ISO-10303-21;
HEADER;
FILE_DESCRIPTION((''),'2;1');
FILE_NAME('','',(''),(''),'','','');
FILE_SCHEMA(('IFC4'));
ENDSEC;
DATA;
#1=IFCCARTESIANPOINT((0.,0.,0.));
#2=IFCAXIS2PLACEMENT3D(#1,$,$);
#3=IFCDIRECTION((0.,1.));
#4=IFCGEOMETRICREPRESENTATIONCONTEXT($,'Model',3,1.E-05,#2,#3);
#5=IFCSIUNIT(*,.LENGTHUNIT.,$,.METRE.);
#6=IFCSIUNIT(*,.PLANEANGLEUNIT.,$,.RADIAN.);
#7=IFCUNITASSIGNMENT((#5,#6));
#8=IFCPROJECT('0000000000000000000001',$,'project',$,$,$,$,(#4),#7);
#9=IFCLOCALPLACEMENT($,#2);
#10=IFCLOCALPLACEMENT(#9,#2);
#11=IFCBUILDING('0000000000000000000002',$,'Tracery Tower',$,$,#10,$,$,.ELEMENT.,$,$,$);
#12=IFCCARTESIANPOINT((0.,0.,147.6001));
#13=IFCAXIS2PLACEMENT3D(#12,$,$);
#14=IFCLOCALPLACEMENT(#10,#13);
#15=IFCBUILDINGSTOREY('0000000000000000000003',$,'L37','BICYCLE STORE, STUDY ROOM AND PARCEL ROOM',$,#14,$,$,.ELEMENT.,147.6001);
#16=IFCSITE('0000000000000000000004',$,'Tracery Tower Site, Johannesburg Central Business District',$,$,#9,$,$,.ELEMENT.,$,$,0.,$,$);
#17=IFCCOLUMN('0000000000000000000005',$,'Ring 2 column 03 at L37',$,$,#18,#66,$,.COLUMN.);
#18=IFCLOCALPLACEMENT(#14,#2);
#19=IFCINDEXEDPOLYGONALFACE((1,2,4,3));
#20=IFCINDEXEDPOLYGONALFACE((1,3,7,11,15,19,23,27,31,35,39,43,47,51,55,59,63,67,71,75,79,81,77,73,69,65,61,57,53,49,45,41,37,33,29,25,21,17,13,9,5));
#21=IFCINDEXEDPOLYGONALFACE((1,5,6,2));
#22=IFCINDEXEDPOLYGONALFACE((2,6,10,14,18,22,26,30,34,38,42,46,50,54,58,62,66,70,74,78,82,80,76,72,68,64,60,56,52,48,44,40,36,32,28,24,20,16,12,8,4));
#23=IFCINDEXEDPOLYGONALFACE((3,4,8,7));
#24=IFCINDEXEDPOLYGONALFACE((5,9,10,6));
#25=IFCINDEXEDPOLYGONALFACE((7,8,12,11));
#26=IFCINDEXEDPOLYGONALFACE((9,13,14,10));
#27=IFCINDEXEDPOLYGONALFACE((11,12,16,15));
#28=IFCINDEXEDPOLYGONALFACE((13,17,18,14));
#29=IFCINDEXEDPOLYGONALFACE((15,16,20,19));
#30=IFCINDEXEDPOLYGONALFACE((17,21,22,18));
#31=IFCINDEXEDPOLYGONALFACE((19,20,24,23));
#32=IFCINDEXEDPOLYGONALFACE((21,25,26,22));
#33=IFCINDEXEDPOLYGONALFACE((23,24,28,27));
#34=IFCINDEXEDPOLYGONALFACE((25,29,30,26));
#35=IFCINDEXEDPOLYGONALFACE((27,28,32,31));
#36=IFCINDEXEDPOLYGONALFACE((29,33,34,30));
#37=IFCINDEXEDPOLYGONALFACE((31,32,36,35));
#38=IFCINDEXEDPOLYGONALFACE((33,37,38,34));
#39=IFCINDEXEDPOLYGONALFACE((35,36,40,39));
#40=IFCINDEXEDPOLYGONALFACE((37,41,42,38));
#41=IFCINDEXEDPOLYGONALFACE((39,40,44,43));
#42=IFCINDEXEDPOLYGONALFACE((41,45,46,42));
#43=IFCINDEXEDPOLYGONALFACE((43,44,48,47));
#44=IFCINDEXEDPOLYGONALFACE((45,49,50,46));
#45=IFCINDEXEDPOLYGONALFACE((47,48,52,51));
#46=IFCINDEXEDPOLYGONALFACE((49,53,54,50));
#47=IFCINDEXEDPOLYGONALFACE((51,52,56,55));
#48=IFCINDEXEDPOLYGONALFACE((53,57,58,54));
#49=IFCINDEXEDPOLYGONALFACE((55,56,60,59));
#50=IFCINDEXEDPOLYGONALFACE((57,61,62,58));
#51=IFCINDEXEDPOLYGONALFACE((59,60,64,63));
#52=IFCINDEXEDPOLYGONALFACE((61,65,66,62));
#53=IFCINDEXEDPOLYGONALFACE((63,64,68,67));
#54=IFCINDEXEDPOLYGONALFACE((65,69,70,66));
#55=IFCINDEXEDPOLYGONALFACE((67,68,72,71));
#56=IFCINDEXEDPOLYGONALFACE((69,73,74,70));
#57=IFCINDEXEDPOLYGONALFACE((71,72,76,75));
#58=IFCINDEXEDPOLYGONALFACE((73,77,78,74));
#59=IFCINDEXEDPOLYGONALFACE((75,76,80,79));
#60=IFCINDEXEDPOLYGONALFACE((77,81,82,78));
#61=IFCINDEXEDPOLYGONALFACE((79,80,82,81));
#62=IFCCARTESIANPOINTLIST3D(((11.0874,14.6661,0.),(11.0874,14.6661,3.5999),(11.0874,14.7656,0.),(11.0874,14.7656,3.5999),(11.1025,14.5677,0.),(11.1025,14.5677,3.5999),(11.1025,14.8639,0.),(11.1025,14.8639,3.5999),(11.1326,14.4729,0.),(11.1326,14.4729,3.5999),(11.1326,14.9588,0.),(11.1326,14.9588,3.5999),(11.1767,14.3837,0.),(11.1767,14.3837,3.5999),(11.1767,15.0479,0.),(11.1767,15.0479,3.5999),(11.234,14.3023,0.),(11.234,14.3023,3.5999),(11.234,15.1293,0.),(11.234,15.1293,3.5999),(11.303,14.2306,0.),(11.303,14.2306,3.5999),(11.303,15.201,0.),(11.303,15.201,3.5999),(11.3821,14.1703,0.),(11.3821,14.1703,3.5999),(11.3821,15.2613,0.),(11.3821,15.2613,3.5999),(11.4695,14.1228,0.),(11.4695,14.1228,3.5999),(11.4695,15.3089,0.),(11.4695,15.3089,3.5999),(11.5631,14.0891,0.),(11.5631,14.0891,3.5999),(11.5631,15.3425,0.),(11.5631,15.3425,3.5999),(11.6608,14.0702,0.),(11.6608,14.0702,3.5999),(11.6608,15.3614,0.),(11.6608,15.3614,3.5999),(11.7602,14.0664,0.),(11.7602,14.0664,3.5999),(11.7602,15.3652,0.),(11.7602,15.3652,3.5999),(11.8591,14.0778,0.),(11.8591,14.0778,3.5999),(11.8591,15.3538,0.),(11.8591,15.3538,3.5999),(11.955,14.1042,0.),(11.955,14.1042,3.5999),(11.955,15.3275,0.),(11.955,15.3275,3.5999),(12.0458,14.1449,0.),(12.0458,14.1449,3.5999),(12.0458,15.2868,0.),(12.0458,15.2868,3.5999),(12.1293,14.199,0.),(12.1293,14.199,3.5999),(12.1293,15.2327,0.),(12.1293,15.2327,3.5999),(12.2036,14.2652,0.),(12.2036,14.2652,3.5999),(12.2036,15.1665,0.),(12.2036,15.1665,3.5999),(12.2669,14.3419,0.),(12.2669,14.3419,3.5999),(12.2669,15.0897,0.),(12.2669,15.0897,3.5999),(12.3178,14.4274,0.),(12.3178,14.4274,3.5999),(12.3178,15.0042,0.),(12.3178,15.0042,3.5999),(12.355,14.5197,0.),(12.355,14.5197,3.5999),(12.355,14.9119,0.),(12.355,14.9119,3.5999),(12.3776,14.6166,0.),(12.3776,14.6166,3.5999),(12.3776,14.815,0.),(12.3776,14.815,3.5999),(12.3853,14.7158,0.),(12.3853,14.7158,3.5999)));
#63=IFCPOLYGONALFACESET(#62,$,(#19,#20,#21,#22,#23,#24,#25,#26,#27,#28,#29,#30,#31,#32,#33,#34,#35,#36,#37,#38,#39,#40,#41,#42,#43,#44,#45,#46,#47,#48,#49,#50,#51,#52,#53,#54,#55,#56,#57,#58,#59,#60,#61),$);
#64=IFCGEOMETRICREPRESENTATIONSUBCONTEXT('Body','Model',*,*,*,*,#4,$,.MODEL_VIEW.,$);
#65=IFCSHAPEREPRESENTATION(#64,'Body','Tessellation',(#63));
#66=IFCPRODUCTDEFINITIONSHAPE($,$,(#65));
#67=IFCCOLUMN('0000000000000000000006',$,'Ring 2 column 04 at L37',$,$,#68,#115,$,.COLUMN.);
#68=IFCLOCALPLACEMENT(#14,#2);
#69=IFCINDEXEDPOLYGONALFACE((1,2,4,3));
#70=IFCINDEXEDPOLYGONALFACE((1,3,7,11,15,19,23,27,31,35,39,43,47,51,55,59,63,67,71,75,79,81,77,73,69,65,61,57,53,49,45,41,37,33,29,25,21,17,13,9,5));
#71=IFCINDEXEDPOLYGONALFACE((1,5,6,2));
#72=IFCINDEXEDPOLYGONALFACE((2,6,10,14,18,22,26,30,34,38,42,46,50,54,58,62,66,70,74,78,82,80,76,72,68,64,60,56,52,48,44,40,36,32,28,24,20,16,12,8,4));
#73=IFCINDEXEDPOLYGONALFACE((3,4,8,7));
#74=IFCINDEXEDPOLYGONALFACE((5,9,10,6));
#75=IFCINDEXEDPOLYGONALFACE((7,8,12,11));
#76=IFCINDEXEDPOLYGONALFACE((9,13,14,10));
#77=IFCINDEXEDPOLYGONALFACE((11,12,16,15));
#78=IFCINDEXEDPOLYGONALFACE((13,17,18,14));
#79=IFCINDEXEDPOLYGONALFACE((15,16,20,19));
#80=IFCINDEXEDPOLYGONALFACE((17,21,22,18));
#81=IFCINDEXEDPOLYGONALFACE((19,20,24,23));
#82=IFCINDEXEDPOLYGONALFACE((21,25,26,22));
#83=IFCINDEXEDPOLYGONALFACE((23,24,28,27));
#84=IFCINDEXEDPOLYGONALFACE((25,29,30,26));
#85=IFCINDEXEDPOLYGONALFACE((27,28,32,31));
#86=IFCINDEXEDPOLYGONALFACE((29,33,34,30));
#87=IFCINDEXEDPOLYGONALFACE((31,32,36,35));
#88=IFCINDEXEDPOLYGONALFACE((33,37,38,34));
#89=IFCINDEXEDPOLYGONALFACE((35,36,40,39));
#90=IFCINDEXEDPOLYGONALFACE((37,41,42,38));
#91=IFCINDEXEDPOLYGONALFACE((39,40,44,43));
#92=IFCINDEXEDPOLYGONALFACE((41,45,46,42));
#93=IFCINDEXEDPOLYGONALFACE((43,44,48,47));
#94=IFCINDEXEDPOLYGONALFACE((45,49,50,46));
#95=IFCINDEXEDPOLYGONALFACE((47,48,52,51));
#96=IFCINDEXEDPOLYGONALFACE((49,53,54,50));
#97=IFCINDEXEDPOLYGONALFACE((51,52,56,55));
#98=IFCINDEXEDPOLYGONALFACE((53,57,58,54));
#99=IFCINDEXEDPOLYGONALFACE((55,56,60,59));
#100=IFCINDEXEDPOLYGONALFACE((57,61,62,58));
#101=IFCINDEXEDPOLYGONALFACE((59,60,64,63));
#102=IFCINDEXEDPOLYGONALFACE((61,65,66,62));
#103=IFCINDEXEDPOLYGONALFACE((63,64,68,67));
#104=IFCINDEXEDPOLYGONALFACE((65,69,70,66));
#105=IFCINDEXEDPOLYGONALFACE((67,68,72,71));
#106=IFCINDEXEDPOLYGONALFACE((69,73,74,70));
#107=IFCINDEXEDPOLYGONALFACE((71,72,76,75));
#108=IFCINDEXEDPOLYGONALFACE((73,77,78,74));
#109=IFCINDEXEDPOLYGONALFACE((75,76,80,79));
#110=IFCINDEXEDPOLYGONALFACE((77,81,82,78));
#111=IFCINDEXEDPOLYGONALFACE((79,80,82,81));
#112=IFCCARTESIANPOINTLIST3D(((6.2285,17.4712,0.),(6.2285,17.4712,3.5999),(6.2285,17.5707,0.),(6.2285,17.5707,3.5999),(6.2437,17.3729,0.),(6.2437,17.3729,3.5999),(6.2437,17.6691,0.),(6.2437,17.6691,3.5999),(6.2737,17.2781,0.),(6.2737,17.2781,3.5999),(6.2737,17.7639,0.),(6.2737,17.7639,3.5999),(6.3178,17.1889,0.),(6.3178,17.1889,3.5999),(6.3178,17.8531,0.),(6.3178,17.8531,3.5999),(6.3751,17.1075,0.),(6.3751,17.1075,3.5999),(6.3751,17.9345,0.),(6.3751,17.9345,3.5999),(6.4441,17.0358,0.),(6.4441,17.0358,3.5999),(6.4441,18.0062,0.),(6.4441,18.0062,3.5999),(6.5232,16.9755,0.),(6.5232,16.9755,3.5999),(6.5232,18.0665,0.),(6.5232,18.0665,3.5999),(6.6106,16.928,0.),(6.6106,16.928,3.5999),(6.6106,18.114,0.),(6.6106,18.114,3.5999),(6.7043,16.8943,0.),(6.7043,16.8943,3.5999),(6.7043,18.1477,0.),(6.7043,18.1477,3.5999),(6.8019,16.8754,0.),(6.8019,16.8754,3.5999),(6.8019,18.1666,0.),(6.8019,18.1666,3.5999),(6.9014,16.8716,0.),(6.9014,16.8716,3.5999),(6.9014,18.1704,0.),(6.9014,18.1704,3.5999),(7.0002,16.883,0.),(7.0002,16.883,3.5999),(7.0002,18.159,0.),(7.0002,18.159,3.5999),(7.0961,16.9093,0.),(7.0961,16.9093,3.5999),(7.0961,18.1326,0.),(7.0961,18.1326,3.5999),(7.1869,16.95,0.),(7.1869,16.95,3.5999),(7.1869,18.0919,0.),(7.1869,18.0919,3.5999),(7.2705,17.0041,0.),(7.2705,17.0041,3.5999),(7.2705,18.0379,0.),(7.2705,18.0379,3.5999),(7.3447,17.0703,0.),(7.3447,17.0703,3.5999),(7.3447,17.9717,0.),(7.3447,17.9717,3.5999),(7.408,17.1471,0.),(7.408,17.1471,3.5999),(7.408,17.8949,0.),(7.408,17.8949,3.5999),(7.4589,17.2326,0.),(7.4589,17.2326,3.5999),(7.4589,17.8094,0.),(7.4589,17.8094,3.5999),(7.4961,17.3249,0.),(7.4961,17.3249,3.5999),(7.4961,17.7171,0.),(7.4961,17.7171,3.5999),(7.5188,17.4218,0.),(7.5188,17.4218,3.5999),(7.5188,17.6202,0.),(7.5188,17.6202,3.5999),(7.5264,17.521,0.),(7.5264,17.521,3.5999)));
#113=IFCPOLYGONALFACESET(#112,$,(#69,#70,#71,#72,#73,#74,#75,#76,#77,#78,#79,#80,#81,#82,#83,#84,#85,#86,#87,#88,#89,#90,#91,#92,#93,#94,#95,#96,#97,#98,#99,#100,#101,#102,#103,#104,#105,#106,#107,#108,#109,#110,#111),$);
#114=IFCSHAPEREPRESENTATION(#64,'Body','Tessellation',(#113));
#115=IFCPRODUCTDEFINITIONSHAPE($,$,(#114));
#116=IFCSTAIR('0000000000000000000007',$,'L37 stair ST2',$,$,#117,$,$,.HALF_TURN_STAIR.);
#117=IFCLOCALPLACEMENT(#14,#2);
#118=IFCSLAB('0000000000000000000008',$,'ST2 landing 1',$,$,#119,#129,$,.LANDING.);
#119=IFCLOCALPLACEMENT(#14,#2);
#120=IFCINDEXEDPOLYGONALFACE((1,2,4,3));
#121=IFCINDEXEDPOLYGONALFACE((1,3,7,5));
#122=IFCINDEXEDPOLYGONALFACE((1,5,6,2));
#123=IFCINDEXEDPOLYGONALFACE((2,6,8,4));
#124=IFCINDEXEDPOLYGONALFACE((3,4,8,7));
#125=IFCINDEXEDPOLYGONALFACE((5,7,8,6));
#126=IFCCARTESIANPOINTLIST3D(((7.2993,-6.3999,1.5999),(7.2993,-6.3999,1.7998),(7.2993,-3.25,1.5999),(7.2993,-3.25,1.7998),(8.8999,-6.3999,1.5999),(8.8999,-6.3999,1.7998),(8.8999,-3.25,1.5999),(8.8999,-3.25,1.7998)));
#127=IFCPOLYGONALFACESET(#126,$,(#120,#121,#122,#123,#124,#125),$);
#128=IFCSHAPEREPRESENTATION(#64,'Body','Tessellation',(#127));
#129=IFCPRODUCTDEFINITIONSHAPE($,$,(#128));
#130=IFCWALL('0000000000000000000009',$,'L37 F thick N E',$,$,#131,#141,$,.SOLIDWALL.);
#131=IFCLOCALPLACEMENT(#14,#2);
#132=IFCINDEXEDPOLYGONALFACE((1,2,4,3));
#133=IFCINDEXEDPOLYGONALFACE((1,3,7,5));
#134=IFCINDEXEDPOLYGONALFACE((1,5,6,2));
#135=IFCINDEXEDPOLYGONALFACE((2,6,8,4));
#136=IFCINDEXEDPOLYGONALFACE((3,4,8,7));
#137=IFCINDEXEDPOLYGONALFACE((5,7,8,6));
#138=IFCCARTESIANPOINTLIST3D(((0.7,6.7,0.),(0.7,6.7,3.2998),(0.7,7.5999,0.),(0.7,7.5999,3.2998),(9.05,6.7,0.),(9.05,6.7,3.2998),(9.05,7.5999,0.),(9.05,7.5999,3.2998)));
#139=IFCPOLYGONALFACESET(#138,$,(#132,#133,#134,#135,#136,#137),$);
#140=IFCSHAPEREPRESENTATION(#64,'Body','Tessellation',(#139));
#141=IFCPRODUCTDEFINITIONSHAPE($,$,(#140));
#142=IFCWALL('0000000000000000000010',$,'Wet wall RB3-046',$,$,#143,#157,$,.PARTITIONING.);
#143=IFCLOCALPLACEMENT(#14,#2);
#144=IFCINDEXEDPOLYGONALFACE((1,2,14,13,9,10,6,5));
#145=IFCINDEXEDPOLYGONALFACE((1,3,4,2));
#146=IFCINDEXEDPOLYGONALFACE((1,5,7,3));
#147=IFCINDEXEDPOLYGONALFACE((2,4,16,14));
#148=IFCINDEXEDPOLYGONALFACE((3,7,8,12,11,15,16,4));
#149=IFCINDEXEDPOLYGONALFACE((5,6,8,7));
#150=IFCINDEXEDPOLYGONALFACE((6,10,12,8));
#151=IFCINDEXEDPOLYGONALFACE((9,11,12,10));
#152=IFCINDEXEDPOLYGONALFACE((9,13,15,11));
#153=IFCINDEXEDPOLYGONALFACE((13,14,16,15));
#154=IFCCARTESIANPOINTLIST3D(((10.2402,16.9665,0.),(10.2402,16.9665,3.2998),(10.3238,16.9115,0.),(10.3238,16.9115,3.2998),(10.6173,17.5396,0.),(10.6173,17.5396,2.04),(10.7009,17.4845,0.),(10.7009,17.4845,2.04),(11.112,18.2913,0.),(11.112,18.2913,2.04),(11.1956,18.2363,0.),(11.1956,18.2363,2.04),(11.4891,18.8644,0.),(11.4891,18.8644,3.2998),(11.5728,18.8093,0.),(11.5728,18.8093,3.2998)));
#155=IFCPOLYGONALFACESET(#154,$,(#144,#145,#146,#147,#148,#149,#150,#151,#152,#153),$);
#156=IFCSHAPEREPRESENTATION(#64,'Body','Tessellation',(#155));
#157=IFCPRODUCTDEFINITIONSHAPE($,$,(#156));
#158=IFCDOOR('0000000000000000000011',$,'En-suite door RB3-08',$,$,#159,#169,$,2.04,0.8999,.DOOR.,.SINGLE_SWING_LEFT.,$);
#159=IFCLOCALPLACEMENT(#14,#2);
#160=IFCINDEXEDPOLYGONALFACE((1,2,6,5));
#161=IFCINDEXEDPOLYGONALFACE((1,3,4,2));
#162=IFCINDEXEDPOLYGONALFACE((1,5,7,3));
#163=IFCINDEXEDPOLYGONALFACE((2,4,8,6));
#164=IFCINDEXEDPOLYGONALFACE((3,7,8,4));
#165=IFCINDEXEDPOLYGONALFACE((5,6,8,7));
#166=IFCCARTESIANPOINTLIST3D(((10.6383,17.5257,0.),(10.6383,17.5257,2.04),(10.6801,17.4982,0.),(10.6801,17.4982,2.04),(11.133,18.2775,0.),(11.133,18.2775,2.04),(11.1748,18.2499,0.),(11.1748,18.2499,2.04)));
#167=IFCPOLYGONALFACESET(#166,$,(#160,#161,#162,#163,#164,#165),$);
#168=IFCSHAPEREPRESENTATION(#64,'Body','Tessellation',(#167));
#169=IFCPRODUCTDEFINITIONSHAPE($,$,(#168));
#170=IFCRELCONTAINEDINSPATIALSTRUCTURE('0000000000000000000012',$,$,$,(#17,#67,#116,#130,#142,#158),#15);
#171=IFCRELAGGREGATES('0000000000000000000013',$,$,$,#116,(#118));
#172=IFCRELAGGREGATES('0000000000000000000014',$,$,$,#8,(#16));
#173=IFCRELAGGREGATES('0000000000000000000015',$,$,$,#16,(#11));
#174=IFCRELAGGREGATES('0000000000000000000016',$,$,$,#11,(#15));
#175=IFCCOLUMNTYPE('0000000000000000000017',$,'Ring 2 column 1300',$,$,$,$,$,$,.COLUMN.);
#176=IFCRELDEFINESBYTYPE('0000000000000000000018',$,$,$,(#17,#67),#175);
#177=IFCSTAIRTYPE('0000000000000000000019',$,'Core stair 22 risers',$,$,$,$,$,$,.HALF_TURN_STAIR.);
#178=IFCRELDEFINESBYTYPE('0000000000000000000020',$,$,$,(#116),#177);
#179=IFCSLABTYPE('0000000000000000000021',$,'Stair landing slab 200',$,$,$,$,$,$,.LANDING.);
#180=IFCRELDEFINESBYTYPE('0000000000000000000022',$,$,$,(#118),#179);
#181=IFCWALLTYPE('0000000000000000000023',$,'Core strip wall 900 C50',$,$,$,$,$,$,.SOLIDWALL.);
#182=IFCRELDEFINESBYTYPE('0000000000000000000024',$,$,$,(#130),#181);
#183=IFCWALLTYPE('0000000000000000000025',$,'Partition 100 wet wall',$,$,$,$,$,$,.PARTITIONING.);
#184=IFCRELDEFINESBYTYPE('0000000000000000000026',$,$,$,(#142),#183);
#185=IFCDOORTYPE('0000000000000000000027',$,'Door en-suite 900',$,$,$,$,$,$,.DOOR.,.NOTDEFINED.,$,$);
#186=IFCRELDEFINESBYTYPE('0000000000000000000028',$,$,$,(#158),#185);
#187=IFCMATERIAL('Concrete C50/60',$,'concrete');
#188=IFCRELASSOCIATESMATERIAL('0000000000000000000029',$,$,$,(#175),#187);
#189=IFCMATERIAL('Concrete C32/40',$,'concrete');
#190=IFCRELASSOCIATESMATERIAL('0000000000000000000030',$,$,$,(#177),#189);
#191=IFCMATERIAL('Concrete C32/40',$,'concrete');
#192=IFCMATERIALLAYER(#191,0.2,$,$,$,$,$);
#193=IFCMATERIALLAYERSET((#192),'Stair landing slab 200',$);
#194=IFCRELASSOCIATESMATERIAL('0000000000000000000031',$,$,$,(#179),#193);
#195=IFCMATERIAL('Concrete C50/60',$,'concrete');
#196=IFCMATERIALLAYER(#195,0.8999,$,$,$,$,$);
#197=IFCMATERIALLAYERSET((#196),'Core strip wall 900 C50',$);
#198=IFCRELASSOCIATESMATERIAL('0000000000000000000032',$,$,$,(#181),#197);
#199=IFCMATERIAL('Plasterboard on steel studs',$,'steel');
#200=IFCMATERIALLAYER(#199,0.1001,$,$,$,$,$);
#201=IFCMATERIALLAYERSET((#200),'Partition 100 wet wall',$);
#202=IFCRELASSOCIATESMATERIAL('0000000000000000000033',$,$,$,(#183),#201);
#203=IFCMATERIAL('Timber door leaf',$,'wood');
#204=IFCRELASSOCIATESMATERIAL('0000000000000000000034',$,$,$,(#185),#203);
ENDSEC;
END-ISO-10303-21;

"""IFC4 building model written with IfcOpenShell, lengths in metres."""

from ifc_helpers import new_model, si_unit, direction, frame, frame_2d, origin, origin_2d, place, context, subcontext, project, spatial, polyline, rectangle, circle, outline, extrude, material, layer, layer_set, material_profile, profile_set, type_object, element, fill, aggregate, save


model = new_model("IFC4")

# Units and contexts
model_context = context("Model", 3, precision=1e-05, world=origin(), true_north=direction((0.0, 1.0)))
body_context = subcontext(model_context, "Body", "Model", "MODEL_VIEW")
ifc_project = project(units=[si_unit("LENGTHUNIT", "METRE"), si_unit("PLANEANGLEUNIT", "RADIAN")], contexts=[model_context])

# Site, building, storey
site_placement = place(None, origin())
site = spatial("IfcSite", under=ifc_project, at=site_placement, Name="Tracery Tower Site, Johannesburg Central Business District", CompositionType="ELEMENT", RefElevation=0.0)
building_placement = place(site_placement, origin())
building = spatial("IfcBuilding", under=site, at=building_placement, Name="Tracery Tower", CompositionType="ELEMENT")
storey_placement = place(building_placement, frame((0.0, 0.0, 147.6001)))
storey = spatial("IfcBuildingStorey", under=building, at=storey_placement, Name="L37", Description="BICYCLE STORE, STUDY ROOM AND PARCEL ROOM", CompositionType="ELEMENT", Elevation=147.6001)

# Columns
ifc_material_1 = material(Name="Concrete C50/60", Category="concrete")
ifc_material_profile = material_profile(ifc_material_1, circle(Radius=0.6499, at=origin_2d()), Name="RC D1300")
ifc_profile_set = profile_set([ifc_material_profile], Name="Concrete C50/60")
column_type = type_object("IfcColumnType", Name="Ring 2 column 1300", PredefinedType="COLUMN", material=ifc_profile_set)
for number, where, z_axis, x_axis, name in (
    (1, (11.7354, 14.7158, 0.0), (0.0, 0.0, 1.0), (1.0, 0.0, 0.0), "Ring 2 column 03 at L37"),
    (2, (6.8765, 17.521, 0.0), (0.0, 0.0, 1.0), (1.0, 0.0, 0.0), "Ring 2 column 04 at L37"),
):
    element("IfcColumn", number, at=place(storey_placement, frame(where, z_axis=z_axis, x_axis=x_axis)), inside=storey, type_object=column_type, Name=name, PredefinedType="COLUMN", context=body_context, shape_type="SweptSolid", body=[
        extrude(circle(Radius=0.6499, at=origin_2d()), origin(), (0.0, 0.0, 1.0), 3.5999),
    ])

# Stair, slab
ifc_material_2 = material(Name="Concrete C32/40", Category="concrete")
stair_type = type_object("IfcStairType", Name="Core stair 22 risers", PredefinedType="HALF_TURN_STAIR", material=ifc_material_2)
stair_placement = place(storey_placement, origin())
stair = element("IfcStair", 3, at=stair_placement, inside=storey, type_object=stair_type, Name="L37 stair ST2", PredefinedType="HALF_TURN_STAIR")
ifc_material_3 = material(Name="Concrete C32/40", Category="concrete")
ifc_layer_1 = layer(ifc_material_3, 0.2)
ifc_layer_set_1 = layer_set([ifc_layer_1], Name="Stair landing slab 200")
slab_type = type_object("IfcSlabType", Name="Stair landing slab 200", PredefinedType="LANDING", material=ifc_layer_set_1)
slab_placement = place(storey_placement, frame((0.0, 0.0, 1.5999)))
slab = element("IfcSlab", 4, at=slab_placement, type_object=slab_type, Name="ST2 landing 1", PredefinedType="LANDING", context=body_context, shape_type="SweptSolid", body=[
    extrude(outline(polyline([(7.2993, -6.3999), (8.8999, -6.3999), (8.8999, -3.25), (7.2993, -3.25), (7.2993, -6.3999)])), origin(), (0.0, 0.0, 1.0), 0.2),
])
aggregate(stair, [slab])

# Wall
ifc_material_4 = material(Name="Concrete C50/60", Category="concrete")
ifc_layer_2 = layer(ifc_material_4, 0.8999)
ifc_layer_set_2 = layer_set([ifc_layer_2], Name="Core strip wall 900 C50")
wall_type_1 = type_object("IfcWallType", Name="Core strip wall 900 C50", PredefinedType="SOLIDWALL", material=ifc_layer_set_2)
wall_1_placement = place(storey_placement, frame((0.7, 7.1499, 0.0), z_axis=(0.0, 0.0, 1.0), x_axis=(1.0, 0.0, 0.0)))
element("IfcWall", 5, at=wall_1_placement, inside=storey, type_object=wall_type_1, Name="L37 F thick N E", PredefinedType="SOLIDWALL", context=body_context, shape_type="SweptSolid", body=[
    extrude(rectangle(XDim=8.3501, YDim=0.8999, at=frame_2d((4.175, 0.0))), origin(), (0.0, 0.0, 1.0), 3.2998),
])

# Wall, opening, door
ifc_material_5 = material(Name="Plasterboard on steel studs", Category="steel")
ifc_layer_3 = layer(ifc_material_5, 0.1001)
ifc_layer_set_3 = layer_set([ifc_layer_3], Name="Partition 100 wet wall")
wall_type_2 = type_object("IfcWallType", Name="Partition 100 wet wall", PredefinedType="PARTITIONING", material=ifc_layer_set_3)
wall_2_placement = place(storey_placement, frame((10.282, 16.939, 0.0), z_axis=(0.0, 0.0, 1.0), x_axis=(0.549731, 0.835342, 0.0)))
wall_2 = element("IfcWall", 6, at=wall_2_placement, inside=storey, type_object=wall_type_2, Name="Wet wall RB3-046", PredefinedType="PARTITIONING", context=body_context, shape_type="SweptSolid", body=[
    extrude(rectangle(XDim=2.272, YDim=0.1001, at=frame_2d((1.136, 0.0))), origin(), (0.0, 0.0, 1.0), 3.2998),
])
opening_1_placement = place(wall_2_placement, frame((0.686, 0.0, 0.0)))
opening_1 = element("IfcOpeningElement", 7, at=opening_1_placement, cuts=wall_2, PredefinedType="OPENING", context=body_context, shape_type="SweptSolid", body=[
    extrude(rectangle(XDim=0.8999, YDim=2.04, at=frame_2d((0.45, 1.02))), frame((0.0, 0.05, 0.0), z_axis=(0.0, -1.0, 0.0), x_axis=(1.0, 0.0, 0.0)), (0.0, 0.0, 1.0), 0.1001),
])
ifc_material_6 = material(Name="Timber door leaf", Category="wood")
door_type_1 = type_object("IfcDoorType", Name="Door en-suite 900", OperationType="NOTDEFINED", PredefinedType="DOOR", material=ifc_material_6)
door_1_placement = place(opening_1_placement, origin())
door_1 = element("IfcDoor", 8, at=door_1_placement, inside=storey, type_object=door_type_1, Name="En-suite door RB3-08", OperationType="SINGLE_SWING_LEFT", OverallHeight=2.04, OverallWidth=0.8999, PredefinedType="DOOR", context=body_context, shape_type="SweptSolid", body=[
    extrude(rectangle(XDim=0.8999, YDim=2.04, at=frame_2d((0.45, 1.02))), frame((0.0, 0.0249, 0.0), z_axis=(0.0, -1.0, 0.0), x_axis=(1.0, 0.0, 0.0)), (0.0, 0.0, 1.0), 0.05),
])
fill(opening_1, door_1)

save(model, "model.ifc")
